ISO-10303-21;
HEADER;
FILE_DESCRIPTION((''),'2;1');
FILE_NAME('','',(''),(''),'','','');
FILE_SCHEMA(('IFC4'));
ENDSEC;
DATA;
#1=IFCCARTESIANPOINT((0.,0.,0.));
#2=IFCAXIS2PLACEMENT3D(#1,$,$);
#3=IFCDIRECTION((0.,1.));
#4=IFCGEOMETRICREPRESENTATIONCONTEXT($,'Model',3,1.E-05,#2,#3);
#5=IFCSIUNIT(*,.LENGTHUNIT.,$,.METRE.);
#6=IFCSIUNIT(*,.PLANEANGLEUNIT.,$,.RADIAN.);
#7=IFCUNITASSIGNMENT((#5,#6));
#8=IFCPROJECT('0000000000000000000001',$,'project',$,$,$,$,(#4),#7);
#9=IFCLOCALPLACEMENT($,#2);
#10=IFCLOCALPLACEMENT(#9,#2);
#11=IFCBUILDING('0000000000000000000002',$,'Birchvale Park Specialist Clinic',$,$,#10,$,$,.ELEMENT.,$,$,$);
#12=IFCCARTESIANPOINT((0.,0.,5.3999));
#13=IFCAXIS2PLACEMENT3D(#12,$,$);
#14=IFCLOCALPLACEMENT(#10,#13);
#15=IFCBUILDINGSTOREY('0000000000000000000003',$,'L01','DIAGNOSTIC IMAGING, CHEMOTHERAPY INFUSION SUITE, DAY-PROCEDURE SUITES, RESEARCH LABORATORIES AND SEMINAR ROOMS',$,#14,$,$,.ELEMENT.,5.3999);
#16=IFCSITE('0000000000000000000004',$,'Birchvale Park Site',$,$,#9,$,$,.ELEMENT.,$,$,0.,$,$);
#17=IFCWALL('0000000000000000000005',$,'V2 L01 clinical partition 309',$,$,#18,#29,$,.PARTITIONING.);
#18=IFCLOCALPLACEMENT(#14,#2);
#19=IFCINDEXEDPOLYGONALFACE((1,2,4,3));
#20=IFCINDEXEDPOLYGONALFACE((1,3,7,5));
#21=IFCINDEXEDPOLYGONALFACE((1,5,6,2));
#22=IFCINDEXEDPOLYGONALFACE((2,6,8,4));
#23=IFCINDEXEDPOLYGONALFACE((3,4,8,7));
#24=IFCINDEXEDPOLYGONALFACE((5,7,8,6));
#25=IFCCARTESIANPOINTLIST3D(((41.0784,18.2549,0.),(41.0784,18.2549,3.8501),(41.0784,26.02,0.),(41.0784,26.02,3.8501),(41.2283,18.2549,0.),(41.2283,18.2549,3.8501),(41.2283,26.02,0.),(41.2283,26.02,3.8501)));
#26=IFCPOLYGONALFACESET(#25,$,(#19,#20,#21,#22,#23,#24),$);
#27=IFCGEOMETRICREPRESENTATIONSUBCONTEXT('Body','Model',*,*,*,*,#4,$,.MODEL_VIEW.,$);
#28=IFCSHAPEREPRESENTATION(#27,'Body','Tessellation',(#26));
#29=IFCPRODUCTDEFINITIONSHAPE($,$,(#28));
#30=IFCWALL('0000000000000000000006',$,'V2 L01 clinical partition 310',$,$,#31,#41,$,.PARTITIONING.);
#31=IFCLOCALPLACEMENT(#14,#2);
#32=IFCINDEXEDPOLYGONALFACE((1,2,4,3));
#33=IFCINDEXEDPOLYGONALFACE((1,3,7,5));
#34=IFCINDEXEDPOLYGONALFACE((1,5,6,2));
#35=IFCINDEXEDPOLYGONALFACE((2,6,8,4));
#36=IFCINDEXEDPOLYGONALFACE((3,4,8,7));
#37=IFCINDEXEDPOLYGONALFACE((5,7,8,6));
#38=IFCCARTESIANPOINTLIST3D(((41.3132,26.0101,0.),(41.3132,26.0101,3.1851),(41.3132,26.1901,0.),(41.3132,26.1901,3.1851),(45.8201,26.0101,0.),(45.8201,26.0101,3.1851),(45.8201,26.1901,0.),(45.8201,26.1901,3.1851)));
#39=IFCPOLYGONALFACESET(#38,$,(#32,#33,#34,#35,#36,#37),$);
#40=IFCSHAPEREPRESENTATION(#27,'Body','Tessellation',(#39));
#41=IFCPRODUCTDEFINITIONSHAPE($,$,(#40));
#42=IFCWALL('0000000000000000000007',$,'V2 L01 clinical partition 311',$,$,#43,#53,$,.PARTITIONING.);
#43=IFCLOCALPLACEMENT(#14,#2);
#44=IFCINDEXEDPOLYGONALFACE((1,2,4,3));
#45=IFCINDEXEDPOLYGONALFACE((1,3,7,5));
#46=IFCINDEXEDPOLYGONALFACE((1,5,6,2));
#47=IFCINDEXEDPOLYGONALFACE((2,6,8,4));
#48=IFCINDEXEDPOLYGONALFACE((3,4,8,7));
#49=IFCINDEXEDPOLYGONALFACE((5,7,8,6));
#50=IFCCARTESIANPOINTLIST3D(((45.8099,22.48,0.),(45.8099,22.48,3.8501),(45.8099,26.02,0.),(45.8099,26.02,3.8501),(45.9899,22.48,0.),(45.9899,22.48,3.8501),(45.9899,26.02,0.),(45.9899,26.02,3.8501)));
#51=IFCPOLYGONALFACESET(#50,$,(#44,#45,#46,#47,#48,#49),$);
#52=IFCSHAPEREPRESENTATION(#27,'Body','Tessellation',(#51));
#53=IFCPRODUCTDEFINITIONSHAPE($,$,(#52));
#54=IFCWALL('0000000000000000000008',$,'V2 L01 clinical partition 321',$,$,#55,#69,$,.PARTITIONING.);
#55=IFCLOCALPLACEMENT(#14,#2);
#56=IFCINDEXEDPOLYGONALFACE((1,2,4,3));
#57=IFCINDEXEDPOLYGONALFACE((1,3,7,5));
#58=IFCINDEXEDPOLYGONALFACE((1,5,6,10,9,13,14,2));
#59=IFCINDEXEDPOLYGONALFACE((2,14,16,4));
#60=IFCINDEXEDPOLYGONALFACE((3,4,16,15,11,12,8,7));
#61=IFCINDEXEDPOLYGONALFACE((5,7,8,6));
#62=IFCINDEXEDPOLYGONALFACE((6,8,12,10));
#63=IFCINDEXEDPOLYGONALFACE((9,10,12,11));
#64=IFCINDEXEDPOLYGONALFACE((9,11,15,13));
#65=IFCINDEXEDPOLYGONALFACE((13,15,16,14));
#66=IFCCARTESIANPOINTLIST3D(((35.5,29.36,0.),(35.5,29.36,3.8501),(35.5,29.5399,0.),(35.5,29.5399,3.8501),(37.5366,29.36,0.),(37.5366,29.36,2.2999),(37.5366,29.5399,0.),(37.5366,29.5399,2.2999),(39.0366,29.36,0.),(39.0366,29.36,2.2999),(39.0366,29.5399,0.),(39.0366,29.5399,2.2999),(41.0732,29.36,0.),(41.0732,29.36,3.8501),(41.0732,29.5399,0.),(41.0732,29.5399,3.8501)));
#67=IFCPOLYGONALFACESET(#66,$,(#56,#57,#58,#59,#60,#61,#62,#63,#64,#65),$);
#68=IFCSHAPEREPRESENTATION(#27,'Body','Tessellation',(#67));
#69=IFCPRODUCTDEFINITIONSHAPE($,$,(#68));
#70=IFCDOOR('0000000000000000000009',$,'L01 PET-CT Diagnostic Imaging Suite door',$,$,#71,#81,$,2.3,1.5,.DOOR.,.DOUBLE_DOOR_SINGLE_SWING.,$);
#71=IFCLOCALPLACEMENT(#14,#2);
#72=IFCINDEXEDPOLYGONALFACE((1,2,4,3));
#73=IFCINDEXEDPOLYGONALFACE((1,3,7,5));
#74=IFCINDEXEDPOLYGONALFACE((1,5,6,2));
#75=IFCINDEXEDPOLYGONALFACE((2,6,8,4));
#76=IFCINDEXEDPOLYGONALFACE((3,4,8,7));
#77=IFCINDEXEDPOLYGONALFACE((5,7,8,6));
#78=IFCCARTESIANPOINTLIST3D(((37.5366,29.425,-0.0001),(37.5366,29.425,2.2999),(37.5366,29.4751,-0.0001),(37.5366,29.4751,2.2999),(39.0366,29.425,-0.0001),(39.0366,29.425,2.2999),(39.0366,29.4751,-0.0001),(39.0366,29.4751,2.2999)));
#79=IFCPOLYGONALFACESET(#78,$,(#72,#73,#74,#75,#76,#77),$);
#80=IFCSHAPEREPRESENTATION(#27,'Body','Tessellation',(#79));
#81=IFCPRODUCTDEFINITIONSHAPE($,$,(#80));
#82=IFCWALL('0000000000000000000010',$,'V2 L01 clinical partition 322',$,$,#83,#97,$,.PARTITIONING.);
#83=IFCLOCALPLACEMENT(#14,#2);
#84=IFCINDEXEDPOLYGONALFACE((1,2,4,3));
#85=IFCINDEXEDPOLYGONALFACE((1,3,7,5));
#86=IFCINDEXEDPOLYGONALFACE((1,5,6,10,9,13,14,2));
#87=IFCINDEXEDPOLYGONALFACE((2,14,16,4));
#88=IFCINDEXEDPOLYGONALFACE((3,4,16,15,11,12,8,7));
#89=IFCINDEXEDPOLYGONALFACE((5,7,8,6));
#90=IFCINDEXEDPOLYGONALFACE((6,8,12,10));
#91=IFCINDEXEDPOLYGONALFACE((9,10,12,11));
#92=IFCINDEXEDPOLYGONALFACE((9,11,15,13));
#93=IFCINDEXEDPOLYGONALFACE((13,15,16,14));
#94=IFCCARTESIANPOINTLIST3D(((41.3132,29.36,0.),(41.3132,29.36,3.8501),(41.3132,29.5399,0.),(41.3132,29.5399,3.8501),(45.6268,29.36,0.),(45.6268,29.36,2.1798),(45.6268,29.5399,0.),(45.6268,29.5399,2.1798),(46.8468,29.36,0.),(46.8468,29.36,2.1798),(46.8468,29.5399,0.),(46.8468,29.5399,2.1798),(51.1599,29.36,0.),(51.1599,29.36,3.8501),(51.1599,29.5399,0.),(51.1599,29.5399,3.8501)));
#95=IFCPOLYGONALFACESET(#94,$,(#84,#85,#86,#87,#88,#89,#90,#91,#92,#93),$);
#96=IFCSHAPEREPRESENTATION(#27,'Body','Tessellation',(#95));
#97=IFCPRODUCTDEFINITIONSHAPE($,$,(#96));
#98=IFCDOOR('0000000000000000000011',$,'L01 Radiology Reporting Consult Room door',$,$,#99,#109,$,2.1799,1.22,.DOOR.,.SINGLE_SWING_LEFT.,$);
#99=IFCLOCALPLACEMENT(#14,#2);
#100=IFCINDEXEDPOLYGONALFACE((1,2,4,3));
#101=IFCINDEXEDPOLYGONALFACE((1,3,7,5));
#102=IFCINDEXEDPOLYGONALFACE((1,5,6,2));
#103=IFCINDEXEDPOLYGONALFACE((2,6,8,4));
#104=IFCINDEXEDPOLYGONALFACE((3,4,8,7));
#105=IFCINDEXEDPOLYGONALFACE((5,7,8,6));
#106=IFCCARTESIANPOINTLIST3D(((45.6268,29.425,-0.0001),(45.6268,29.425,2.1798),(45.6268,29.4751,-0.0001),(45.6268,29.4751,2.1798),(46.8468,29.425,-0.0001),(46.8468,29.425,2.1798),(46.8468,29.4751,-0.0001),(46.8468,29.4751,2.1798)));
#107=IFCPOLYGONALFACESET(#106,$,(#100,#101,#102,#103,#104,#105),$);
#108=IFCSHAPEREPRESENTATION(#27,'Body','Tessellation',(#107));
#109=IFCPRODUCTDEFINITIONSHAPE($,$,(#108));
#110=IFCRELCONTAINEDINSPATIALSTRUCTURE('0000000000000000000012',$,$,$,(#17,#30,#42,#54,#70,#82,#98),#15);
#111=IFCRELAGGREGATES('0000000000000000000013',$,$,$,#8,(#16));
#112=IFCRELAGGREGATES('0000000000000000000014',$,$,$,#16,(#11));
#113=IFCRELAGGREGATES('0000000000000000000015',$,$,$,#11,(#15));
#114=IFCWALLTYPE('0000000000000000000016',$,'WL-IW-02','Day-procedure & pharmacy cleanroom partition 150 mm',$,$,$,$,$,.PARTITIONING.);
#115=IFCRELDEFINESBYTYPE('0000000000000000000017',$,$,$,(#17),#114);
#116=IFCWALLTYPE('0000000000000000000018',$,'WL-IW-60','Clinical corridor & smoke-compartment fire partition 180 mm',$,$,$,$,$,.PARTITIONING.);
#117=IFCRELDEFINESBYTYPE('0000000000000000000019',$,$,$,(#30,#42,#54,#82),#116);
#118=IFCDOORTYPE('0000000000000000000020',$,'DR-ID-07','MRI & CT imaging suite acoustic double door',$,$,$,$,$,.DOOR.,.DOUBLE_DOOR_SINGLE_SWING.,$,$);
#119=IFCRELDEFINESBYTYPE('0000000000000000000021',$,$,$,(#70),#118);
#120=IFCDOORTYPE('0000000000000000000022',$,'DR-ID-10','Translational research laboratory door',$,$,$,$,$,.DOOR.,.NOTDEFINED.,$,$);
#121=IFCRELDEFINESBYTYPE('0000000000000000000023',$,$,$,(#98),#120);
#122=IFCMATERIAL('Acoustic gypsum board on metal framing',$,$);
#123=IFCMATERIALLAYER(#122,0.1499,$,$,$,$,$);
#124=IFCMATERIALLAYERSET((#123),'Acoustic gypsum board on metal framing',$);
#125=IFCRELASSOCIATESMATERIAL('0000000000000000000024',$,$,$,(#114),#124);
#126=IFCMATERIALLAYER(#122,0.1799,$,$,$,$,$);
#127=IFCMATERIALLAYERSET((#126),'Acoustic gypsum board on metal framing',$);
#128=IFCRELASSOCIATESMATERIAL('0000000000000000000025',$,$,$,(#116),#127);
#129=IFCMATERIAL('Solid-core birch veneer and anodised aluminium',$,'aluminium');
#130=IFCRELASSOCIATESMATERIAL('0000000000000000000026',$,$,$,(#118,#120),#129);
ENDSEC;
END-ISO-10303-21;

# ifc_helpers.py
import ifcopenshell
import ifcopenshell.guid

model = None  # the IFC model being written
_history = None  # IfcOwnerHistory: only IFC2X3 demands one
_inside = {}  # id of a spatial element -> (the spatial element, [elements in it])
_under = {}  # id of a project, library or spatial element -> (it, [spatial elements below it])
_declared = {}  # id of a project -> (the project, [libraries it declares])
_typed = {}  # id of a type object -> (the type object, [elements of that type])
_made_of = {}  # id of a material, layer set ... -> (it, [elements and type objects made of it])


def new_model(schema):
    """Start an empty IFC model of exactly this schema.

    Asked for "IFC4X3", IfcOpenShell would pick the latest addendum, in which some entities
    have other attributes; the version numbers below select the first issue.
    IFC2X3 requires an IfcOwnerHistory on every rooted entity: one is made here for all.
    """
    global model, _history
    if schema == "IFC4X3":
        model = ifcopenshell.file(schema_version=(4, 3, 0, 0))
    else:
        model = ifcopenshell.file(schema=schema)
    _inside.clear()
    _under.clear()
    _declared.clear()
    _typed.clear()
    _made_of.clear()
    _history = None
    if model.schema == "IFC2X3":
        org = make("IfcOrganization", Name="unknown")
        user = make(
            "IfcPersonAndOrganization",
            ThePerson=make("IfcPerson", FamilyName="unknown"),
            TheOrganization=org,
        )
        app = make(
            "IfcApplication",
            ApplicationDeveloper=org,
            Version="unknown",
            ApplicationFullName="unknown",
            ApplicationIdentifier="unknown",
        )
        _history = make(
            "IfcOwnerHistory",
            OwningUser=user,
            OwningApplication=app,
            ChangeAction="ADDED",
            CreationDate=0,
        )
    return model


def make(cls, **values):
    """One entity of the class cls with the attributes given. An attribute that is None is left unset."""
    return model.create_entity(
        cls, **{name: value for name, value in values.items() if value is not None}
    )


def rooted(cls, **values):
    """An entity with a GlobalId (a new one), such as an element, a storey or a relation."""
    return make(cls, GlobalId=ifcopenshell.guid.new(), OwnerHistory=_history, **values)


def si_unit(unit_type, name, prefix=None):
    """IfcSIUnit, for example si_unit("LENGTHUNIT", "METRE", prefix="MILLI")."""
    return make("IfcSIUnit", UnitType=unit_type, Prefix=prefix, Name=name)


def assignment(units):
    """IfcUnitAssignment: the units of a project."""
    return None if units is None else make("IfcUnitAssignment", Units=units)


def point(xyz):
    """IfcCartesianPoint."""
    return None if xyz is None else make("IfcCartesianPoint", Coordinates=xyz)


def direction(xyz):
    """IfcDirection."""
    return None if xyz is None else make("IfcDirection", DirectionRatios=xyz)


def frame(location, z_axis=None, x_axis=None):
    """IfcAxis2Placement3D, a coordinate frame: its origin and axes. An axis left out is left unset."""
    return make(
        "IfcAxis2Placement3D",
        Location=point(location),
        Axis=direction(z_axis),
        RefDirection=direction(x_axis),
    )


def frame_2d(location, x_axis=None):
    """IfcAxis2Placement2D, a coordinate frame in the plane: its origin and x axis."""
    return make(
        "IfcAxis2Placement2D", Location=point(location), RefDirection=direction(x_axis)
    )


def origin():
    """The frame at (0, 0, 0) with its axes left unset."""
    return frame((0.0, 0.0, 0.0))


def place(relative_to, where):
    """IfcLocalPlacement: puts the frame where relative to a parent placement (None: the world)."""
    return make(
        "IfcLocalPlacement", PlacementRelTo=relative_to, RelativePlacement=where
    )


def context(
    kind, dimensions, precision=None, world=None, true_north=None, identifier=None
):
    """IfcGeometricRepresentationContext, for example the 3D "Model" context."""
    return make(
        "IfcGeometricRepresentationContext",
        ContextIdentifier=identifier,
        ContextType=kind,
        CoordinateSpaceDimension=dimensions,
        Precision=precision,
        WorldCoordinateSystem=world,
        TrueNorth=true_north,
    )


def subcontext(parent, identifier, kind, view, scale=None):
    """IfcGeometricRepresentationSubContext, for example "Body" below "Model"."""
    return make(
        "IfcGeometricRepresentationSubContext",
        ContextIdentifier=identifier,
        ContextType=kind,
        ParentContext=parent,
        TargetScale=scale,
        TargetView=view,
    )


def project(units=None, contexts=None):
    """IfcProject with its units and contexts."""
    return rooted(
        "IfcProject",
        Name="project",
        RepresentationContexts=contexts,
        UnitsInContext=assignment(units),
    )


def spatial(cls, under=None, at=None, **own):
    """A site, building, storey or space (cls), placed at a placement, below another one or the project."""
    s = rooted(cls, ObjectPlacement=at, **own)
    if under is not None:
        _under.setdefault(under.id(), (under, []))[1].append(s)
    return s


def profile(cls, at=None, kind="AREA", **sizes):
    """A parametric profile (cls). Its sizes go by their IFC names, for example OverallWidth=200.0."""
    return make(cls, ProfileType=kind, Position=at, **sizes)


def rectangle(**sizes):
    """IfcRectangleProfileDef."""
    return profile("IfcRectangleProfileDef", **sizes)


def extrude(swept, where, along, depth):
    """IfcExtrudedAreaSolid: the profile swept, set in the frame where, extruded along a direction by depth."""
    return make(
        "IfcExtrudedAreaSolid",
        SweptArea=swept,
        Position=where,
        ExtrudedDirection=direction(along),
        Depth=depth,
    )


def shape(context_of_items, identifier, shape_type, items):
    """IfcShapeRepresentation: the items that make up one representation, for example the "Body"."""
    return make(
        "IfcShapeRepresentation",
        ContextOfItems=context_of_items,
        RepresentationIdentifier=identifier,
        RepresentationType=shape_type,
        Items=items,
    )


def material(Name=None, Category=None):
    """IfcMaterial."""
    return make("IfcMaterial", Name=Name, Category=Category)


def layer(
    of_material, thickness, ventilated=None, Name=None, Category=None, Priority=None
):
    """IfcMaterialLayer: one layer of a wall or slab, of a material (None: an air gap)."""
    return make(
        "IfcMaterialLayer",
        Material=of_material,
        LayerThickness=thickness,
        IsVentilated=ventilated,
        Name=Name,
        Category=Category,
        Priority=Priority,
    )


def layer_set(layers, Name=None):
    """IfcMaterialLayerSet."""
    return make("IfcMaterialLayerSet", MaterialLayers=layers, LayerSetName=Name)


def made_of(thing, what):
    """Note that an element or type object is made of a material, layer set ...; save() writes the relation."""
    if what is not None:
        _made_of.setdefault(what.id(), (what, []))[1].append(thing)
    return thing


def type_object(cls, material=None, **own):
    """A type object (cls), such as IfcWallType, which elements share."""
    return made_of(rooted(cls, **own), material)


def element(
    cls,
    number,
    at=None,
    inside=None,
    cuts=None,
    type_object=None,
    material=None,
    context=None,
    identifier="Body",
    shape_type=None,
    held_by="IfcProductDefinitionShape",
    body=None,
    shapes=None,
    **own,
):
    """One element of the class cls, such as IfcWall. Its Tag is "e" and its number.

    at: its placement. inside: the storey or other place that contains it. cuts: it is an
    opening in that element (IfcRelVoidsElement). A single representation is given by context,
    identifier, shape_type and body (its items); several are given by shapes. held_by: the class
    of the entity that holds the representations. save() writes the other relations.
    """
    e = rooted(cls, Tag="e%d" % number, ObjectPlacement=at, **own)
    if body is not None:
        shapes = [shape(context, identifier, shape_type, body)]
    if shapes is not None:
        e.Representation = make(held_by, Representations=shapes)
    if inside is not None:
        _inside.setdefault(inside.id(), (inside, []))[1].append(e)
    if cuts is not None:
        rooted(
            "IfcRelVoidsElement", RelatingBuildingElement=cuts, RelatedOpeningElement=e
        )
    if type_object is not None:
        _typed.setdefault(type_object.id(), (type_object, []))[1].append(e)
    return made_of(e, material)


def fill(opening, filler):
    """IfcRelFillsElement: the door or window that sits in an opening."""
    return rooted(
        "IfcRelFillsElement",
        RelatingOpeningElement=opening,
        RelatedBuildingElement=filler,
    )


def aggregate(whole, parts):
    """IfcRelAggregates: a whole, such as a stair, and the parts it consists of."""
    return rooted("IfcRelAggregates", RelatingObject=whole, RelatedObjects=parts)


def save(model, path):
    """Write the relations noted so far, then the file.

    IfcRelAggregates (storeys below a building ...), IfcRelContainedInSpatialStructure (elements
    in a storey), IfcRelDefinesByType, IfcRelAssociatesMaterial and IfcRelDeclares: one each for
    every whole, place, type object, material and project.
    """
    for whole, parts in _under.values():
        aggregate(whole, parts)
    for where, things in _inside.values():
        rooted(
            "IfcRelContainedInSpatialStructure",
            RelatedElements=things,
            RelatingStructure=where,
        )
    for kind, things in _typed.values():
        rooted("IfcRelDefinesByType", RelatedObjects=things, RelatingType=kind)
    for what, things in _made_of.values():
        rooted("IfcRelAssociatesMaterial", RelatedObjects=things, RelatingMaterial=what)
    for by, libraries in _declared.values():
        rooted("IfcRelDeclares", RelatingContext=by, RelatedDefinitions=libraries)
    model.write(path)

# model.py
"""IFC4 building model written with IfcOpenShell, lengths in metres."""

from ifc_helpers import new_model, si_unit, direction, frame, frame_2d, origin, place, context, subcontext, project, spatial, rectangle, extrude, material, layer, layer_set, type_object, element, fill, save


model = new_model("IFC4")

# Units and contexts
model_context = context("Model", 3, precision=1e-05, world=origin(), true_north=direction((0.0, 1.0)))
body_context = subcontext(model_context, "Body", "Model", "MODEL_VIEW")
ifc_project = project(units=[si_unit("LENGTHUNIT", "METRE"), si_unit("PLANEANGLEUNIT", "RADIAN")], contexts=[model_context])

# Site, building, storey
site_placement = place(None, origin())
site = spatial("IfcSite", under=ifc_project, at=site_placement, Name="Birchvale Park Site", CompositionType="ELEMENT", RefElevation=0.0)
building_placement = place(site_placement, origin())
building = spatial("IfcBuilding", under=site, at=building_placement, Name="Birchvale Park Specialist Clinic", CompositionType="ELEMENT")
storey_placement = place(building_placement, frame((0.0, 0.0, 5.3999)))
storey = spatial("IfcBuildingStorey", under=building, at=storey_placement, Name="L01", Description="DIAGNOSTIC IMAGING, CHEMOTHERAPY INFUSION SUITE, DAY-PROCEDURE SUITES, RESEARCH LABORATORIES AND SEMINAR ROOMS", CompositionType="ELEMENT", Elevation=5.3999)

# Walls
ifc_material_1 = material(Name="Acoustic gypsum board on metal framing")
ifc_layer_1 = layer(ifc_material_1, 0.1499)
ifc_layer_set_1 = layer_set([ifc_layer_1], Name="Acoustic gypsum board on metal framing")
wall_type_1 = type_object("IfcWallType", Name="WL-IW-02", Description="Day-procedure & pharmacy cleanroom partition 150 mm", PredefinedType="PARTITIONING", material=ifc_layer_set_1)
wall_1_placement = place(storey_placement, frame((41.1533, 26.02, 0.0), z_axis=(0.0, 0.0, 1.0), x_axis=(0.0, -1.0, 0.0)))
element("IfcWall", 1, at=wall_1_placement, inside=storey, type_object=wall_type_1, Name="V2 L01 clinical partition 309", PredefinedType="PARTITIONING", context=body_context, shape_type="SweptSolid", body=[
    extrude(rectangle(XDim=7.7651, YDim=0.1499, at=frame_2d((3.8826, 0.0))), origin(), (0.0, 0.0, 1.0), 3.8501),
])
ifc_layer_2 = layer(ifc_material_1, 0.1799)
ifc_layer_set_2 = layer_set([ifc_layer_2], Name="Acoustic gypsum board on metal framing")
wall_type_2 = type_object("IfcWallType", Name="WL-IW-60", Description="Clinical corridor & smoke-compartment fire partition 180 mm", PredefinedType="PARTITIONING", material=ifc_layer_set_2)
wall_2_placement = place(storey_placement, frame((41.3132, 26.1001, 0.0), z_axis=(0.0, 0.0, 1.0), x_axis=(1.0, 0.0, 0.0)))
element("IfcWall", 2, at=wall_2_placement, inside=storey, type_object=wall_type_2, Name="V2 L01 clinical partition 310", PredefinedType="PARTITIONING", context=body_context, shape_type="SweptSolid", body=[
    extrude(rectangle(XDim=4.5068, YDim=0.1799, at=frame_2d((2.2534, 0.0))), origin(), (0.0, 0.0, 1.0), 3.1851),
])
wall_3_placement = place(storey_placement, frame((45.8999, 26.02, 0.0), z_axis=(0.0, 0.0, 1.0), x_axis=(0.0, -1.0, 0.0)))
element("IfcWall", 3, at=wall_3_placement, inside=storey, type_object=wall_type_2, Name="V2 L01 clinical partition 311", PredefinedType="PARTITIONING", context=body_context, shape_type="SweptSolid", body=[
    extrude(rectangle(XDim=3.54, YDim=0.1799, at=frame_2d((1.77, 0.0))), origin(), (0.0, 0.0, 1.0), 3.8501),
])

# Walls, openings, doors
wall_4_placement = place(storey_placement, frame((41.0732, 29.45, 0.0), z_axis=(0.0, 0.0, 1.0), x_axis=(-1.0, 0.0, 0.0)))
wall_4 = element("IfcWall", 4, at=wall_4_placement, inside=storey, type_object=wall_type_2, Name="V2 L01 clinical partition 321", PredefinedType="PARTITIONING", context=body_context, shape_type="SweptSolid", body=[
    extrude(rectangle(XDim=5.5732, YDim=0.1799, at=frame_2d((2.7866, 0.0))), origin(), (0.0, 0.0, 1.0), 3.8501),
])
opening_1_placement = place(wall_4_placement, frame((2.0366, 0.0, 0.0)))
opening_1 = element("IfcOpeningElement", 5, at=opening_1_placement, cuts=wall_4, PredefinedType="OPENING", context=body_context, shape_type="SweptSolid", body=[
    extrude(rectangle(XDim=1.5, YDim=2.3, at=frame_2d((0.75, 1.1499))), frame((0.0, 0.1001, 0.0), z_axis=(0.0, -1.0, 0.0), x_axis=(1.0, 0.0, 0.0)), (0.0, 0.0, 1.0), 0.2),
])
ifc_material_2 = material(Name="Solid-core birch veneer and anodised aluminium", Category="aluminium")
door_type_1 = type_object("IfcDoorType", Name="DR-ID-07", Description="MRI & CT imaging suite acoustic double door", OperationType="DOUBLE_DOOR_SINGLE_SWING", PredefinedType="DOOR", material=ifc_material_2)
door_1_placement = place(opening_1_placement, origin())
door_1 = element("IfcDoor", 6, at=door_1_placement, inside=storey, type_object=door_type_1, Name="L01 PET-CT Diagnostic Imaging Suite door", OperationType="DOUBLE_DOOR_SINGLE_SWING", OverallHeight=2.3, OverallWidth=1.5, PredefinedType="DOOR", context=body_context, shape_type="SweptSolid", body=[
    extrude(rectangle(XDim=1.5, YDim=2.3, at=frame_2d((0.75, 1.1499))), frame((0.0, 0.0249, 0.0), z_axis=(0.0, -1.0, 0.0), x_axis=(1.0, 0.0, 0.0)), (0.0, 0.0, 1.0), 0.05),
])
fill(opening_1, door_1)
wall_5_placement = place(storey_placement, frame((51.1599, 29.45, 0.0), z_axis=(0.0, 0.0, 1.0), x_axis=(-1.0, 0.0, 0.0)))
wall_5 = element("IfcWall", 7, at=wall_5_placement, inside=storey, type_object=wall_type_2, Name="V2 L01 clinical partition 322", PredefinedType="PARTITIONING", context=body_context, shape_type="SweptSolid", body=[
    extrude(rectangle(XDim=9.8467, YDim=0.1799, at=frame_2d((4.9233, 0.0))), origin(), (0.0, 0.0, 1.0), 3.8501),
])
opening_2_placement = place(wall_5_placement, frame((4.3132, 0.0, 0.0)))
opening_2 = element("IfcOpeningElement", 8, at=opening_2_placement, cuts=wall_5, PredefinedType="OPENING", context=body_context, shape_type="SweptSolid", body=[
    extrude(rectangle(XDim=1.22, YDim=2.1799, at=frame_2d((0.6099, 1.0898))), frame((0.0, 0.1001, 0.0), z_axis=(0.0, -1.0, 0.0), x_axis=(1.0, 0.0, 0.0)), (0.0, 0.0, 1.0), 0.2),
])
door_type_2 = type_object("IfcDoorType", Name="DR-ID-10", Description="Translational research laboratory door", OperationType="NOTDEFINED", PredefinedType="DOOR", material=ifc_material_2)
door_2_placement = place(opening_2_placement, origin())
door_2 = element("IfcDoor", 9, at=door_2_placement, inside=storey, type_object=door_type_2, Name="L01 Radiology Reporting Consult Room door", OperationType="SINGLE_SWING_LEFT", OverallHeight=2.1799, OverallWidth=1.22, PredefinedType="DOOR", context=body_context, shape_type="SweptSolid", body=[
    extrude(rectangle(XDim=1.22, YDim=2.1799, at=frame_2d((0.6099, 1.0898))), frame((0.0, 0.0249, 0.0), z_axis=(0.0, -1.0, 0.0), x_axis=(1.0, 0.0, 0.0)), (0.0, 0.0, 1.0), 0.05),
])
fill(opening_2, door_2)

save(model, "model.ifc")
